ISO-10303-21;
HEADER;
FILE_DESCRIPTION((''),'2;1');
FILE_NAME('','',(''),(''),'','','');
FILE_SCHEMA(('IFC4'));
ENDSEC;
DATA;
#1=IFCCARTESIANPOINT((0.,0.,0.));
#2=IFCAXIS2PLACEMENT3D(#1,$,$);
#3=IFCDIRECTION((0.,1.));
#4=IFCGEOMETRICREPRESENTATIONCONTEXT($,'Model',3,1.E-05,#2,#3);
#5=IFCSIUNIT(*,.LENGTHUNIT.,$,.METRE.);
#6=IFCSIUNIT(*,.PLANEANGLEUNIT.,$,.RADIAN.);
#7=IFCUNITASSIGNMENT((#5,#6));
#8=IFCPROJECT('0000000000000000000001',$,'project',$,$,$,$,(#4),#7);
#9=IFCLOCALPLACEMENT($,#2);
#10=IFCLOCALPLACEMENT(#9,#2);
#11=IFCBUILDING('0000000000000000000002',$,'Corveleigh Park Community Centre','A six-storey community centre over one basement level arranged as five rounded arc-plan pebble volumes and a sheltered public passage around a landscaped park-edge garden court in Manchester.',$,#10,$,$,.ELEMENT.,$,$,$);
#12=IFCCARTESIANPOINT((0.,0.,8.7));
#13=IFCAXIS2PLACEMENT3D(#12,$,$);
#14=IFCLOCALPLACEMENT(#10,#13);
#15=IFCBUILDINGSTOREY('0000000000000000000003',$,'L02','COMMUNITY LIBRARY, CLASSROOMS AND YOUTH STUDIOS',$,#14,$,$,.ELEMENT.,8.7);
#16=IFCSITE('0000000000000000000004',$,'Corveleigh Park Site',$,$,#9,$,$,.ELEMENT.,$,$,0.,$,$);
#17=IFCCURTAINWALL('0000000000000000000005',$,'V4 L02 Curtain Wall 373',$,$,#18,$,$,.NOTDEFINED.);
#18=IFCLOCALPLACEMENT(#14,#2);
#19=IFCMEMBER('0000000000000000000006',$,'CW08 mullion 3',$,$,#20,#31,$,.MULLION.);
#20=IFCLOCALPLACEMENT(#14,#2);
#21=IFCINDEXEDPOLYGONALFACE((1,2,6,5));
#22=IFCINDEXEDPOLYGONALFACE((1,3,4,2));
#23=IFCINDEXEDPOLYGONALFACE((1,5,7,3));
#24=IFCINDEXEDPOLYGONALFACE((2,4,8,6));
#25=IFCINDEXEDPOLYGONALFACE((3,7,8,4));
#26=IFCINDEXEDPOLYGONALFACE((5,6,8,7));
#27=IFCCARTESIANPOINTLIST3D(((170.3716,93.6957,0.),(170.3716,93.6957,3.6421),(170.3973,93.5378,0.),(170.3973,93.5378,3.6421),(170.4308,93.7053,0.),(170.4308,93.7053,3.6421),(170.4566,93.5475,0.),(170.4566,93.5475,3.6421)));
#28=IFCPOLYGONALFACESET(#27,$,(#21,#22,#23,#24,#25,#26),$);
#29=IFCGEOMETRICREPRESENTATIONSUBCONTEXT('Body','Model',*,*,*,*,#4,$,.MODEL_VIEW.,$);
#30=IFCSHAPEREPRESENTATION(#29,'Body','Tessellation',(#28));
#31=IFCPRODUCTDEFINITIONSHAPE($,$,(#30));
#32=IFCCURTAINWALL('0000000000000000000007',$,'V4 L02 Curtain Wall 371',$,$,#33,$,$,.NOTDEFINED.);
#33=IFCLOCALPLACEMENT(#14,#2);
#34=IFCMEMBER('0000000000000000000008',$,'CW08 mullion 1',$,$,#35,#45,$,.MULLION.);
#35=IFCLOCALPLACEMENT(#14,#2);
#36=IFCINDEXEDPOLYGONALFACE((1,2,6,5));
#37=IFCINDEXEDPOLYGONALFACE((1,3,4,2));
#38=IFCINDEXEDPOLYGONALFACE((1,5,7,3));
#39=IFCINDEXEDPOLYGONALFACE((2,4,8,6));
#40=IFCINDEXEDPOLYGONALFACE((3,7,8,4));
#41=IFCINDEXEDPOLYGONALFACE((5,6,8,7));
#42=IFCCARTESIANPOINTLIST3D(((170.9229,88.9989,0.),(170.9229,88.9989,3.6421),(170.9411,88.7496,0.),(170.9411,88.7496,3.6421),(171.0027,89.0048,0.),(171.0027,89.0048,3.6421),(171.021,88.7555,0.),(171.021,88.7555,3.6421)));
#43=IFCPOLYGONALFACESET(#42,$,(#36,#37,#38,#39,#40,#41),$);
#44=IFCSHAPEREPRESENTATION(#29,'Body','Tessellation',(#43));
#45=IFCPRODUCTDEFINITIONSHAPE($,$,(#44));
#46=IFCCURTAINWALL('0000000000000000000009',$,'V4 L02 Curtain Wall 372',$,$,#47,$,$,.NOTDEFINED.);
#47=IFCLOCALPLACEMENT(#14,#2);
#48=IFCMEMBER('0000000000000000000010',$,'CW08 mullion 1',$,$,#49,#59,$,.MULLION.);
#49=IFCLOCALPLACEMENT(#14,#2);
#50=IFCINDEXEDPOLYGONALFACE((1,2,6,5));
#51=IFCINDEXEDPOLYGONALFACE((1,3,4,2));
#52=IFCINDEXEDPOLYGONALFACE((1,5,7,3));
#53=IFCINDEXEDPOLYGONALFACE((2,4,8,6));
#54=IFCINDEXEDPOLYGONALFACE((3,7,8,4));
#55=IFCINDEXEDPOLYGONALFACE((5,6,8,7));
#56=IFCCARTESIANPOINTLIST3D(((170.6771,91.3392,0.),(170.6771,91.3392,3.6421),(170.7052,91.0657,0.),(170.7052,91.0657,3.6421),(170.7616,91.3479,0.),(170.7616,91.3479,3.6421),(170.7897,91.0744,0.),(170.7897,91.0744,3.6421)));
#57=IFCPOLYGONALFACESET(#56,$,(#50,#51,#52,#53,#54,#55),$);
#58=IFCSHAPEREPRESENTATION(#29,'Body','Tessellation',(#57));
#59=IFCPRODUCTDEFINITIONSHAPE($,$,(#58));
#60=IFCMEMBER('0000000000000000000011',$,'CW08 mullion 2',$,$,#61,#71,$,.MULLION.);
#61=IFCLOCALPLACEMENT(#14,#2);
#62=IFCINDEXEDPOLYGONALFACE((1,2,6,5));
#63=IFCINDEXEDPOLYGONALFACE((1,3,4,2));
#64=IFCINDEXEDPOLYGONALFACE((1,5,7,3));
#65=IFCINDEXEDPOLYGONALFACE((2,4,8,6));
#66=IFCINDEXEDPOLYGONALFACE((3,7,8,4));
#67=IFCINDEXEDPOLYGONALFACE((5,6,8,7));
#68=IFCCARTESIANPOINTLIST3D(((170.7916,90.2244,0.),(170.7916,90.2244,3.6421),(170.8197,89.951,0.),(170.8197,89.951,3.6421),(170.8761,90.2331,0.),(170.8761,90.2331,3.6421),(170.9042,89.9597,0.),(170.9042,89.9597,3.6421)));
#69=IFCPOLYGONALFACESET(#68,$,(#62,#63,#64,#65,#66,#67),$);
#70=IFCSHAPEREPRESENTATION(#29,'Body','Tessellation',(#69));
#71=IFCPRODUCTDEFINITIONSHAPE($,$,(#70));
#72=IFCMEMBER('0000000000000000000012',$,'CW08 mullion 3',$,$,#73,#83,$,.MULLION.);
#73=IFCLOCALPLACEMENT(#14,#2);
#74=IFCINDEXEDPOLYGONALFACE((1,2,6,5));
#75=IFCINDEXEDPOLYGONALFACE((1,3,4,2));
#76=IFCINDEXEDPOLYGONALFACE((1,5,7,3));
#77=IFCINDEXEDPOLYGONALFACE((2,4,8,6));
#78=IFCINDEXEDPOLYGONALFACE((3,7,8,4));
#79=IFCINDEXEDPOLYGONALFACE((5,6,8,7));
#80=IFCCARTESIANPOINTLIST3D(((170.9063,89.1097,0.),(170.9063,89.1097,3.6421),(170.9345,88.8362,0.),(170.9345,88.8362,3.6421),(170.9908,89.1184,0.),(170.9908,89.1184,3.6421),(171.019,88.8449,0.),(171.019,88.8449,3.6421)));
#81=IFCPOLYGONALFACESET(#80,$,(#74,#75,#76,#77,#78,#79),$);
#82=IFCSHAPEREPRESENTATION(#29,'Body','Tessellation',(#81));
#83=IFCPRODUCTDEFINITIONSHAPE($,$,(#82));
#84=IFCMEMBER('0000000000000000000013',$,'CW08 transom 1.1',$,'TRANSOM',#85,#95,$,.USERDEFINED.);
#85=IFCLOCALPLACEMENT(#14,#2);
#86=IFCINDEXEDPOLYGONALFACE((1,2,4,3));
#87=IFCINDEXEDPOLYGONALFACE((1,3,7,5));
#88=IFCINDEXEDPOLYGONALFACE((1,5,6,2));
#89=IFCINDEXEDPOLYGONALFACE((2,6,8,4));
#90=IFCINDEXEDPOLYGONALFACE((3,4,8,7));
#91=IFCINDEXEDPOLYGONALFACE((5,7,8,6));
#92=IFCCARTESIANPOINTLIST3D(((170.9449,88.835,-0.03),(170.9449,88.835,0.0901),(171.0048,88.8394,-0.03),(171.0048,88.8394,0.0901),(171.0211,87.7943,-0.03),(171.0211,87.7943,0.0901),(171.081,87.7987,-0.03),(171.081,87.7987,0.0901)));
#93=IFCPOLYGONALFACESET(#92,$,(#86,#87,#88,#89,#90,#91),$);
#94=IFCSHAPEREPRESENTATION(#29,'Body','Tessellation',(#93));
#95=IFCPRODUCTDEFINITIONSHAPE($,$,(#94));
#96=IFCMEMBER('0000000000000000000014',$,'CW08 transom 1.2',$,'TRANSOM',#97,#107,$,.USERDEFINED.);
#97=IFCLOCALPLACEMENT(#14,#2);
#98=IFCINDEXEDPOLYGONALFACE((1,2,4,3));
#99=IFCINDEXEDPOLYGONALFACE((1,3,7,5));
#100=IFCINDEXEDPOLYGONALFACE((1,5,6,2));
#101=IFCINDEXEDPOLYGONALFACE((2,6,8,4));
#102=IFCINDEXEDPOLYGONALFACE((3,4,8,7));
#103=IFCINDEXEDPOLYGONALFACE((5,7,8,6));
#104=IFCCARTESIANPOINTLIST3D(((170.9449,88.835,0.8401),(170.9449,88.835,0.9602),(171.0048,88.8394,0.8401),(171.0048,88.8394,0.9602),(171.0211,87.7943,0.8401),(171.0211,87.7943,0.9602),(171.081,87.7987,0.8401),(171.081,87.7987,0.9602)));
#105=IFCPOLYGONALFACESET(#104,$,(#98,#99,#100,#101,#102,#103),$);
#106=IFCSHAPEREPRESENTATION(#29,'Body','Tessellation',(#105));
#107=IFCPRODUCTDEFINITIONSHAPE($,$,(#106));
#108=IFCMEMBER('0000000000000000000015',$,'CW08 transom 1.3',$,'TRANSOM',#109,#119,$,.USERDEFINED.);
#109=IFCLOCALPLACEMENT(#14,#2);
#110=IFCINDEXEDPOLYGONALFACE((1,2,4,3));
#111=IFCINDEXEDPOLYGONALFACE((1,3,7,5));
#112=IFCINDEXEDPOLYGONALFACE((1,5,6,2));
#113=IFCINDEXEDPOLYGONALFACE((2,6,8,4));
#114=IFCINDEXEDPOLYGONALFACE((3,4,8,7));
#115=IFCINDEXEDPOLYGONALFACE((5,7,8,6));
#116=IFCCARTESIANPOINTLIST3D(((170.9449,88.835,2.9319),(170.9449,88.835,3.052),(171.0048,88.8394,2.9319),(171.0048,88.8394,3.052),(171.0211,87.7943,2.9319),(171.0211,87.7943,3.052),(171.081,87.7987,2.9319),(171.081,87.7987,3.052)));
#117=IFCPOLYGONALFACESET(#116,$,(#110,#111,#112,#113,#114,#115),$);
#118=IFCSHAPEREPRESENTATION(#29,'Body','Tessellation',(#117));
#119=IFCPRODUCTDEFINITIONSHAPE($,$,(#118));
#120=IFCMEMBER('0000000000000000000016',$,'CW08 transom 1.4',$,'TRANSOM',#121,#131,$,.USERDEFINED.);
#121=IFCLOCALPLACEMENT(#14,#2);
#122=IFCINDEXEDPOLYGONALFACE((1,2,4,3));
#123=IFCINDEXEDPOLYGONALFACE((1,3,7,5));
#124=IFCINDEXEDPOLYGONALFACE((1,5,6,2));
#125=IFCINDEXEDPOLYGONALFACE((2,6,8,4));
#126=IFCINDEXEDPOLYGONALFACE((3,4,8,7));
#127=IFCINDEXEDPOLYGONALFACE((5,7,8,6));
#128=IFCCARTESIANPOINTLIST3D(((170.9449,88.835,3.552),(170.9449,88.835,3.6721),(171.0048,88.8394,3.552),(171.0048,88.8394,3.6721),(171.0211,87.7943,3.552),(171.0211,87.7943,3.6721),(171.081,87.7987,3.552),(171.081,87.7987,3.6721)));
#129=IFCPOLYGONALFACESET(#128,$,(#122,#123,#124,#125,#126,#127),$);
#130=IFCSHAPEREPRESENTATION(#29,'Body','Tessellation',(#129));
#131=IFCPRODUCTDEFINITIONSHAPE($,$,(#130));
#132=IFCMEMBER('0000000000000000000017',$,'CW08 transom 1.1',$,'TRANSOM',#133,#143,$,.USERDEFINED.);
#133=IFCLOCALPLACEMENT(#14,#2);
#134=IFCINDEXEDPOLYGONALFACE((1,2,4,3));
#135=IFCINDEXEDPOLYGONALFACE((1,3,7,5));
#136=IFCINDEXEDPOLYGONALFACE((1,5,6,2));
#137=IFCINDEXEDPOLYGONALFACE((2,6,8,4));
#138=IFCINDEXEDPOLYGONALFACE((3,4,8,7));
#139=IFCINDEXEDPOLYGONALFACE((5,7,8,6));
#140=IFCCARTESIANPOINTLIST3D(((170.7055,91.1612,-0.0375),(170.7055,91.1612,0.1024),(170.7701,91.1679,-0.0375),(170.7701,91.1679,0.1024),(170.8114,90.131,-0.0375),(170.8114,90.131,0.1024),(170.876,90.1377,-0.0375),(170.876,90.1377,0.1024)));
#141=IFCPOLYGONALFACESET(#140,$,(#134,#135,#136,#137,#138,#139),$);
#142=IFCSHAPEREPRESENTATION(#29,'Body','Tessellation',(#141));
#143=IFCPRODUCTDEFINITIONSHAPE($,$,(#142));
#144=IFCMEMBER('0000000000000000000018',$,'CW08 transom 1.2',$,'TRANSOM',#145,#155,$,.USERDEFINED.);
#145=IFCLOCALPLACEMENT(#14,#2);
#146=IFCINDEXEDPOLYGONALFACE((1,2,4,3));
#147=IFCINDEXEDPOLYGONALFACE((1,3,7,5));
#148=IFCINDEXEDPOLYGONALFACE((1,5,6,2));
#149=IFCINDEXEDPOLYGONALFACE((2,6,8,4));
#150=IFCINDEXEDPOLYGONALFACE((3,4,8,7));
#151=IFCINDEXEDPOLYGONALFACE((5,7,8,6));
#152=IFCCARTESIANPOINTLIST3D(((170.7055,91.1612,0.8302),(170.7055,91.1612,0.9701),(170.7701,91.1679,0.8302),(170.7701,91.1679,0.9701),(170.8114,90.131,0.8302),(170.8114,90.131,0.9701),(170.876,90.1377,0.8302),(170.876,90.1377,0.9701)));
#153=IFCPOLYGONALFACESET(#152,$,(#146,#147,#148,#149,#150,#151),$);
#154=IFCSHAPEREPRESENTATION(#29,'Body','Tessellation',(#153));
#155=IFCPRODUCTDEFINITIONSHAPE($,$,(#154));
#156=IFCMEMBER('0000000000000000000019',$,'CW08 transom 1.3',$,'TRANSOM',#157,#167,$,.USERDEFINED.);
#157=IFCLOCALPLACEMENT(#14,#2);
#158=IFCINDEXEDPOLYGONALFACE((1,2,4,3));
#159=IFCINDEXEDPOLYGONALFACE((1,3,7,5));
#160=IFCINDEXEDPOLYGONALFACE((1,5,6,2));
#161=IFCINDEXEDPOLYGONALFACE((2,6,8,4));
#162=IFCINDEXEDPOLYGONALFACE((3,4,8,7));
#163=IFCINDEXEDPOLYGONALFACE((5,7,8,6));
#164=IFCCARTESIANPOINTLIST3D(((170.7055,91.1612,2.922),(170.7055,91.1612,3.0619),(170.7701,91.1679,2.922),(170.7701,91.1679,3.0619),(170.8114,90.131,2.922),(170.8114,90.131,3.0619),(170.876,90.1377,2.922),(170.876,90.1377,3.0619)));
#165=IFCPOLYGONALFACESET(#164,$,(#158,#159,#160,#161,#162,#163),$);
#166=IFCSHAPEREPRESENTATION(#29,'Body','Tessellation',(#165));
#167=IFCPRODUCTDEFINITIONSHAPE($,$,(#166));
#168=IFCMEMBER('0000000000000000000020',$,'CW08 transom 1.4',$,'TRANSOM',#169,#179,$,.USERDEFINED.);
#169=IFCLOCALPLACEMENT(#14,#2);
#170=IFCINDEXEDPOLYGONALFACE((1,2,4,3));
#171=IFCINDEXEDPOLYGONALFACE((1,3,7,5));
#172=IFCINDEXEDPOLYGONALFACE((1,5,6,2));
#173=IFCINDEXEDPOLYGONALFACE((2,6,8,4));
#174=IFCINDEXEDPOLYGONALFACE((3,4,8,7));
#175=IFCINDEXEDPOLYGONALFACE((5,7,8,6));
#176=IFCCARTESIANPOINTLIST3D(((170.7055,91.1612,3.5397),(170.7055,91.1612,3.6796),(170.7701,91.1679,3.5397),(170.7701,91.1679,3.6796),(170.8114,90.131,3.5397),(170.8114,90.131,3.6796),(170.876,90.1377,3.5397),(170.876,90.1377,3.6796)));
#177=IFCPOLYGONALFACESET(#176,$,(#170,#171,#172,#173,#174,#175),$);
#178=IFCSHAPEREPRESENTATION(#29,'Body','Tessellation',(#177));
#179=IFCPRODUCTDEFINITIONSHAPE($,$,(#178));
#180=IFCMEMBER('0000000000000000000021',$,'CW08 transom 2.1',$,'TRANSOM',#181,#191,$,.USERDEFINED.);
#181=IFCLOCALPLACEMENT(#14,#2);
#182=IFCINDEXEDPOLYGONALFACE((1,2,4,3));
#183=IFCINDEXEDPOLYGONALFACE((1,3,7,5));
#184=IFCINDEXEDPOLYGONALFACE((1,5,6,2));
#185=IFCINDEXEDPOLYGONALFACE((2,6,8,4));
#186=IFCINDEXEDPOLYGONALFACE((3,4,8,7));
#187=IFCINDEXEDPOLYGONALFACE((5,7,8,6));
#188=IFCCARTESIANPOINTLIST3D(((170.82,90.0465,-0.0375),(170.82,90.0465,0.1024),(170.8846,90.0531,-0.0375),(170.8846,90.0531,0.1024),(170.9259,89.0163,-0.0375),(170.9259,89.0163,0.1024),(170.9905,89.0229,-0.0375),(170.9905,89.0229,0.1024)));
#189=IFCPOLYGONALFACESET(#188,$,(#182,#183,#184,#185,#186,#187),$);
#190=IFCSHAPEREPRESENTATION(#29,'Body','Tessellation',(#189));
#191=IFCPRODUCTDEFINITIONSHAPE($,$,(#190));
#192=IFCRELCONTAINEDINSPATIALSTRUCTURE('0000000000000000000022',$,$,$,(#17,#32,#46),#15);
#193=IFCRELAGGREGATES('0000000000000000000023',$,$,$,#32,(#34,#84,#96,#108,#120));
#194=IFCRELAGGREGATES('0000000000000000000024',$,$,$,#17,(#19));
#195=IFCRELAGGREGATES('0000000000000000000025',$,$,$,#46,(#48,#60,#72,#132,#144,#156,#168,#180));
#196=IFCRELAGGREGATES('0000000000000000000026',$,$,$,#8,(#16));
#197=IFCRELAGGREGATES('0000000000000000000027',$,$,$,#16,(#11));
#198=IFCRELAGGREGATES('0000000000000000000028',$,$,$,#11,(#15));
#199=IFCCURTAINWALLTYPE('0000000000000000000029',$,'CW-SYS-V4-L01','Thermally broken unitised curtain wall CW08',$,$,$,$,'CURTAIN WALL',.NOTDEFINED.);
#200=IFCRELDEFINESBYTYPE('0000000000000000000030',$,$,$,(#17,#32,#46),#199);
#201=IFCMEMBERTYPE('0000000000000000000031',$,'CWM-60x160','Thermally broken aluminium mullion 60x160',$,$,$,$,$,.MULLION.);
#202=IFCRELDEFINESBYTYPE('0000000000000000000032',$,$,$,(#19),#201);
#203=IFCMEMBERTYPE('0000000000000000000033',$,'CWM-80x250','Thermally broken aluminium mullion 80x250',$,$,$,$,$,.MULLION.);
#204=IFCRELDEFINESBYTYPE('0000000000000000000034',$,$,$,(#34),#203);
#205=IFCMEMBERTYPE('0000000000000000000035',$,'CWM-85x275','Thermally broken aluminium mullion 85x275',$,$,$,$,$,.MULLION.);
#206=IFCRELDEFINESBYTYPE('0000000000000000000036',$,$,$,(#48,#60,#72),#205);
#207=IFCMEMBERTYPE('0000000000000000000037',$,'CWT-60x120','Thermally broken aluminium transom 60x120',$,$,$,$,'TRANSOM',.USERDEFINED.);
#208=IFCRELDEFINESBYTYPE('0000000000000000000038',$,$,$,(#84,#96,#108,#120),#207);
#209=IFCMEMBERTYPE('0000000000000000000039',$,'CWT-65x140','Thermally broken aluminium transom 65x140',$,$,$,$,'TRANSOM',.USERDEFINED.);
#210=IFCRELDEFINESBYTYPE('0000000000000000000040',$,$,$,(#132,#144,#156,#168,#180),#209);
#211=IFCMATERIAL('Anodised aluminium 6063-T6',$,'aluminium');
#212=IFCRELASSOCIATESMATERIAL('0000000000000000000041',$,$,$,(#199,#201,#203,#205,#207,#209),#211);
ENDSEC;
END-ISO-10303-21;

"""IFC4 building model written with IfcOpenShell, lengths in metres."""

from ifc_helpers import new_model, si_unit, direction, frame, origin, origin_2d, place, context, subcontext, project, spatial, rectangle, extrude, material, material_profile, profile_set, type_object, element, aggregate, save


model = new_model("IFC4")

# Units and contexts
model_context = context("Model", 3, precision=1e-05, world=origin(), true_north=direction((0.0, 1.0)))
body_context = subcontext(model_context, "Body", "Model", "MODEL_VIEW")
ifc_project = project(units=[si_unit("LENGTHUNIT", "METRE"), si_unit("PLANEANGLEUNIT", "RADIAN")], contexts=[model_context])

# Site, building, storey
site_placement = place(None, origin())
site = spatial("IfcSite", under=ifc_project, at=site_placement, Name="Corveleigh Park Site", CompositionType="ELEMENT", RefElevation=0.0)
building_placement = place(site_placement, origin())
building = spatial("IfcBuilding", under=site, at=building_placement, Name="Corveleigh Park Community Centre", Description="A six-storey community centre over one basement level arranged as five rounded arc-plan pebble volumes and a sheltered public passage around a landscaped park-edge garden court in Manchester.", CompositionType="ELEMENT")
storey_placement = place(building_placement, frame((0.0, 0.0, 8.7)))
storey = spatial("IfcBuildingStorey", under=building, at=storey_placement, Name="L02", Description="COMMUNITY LIBRARY, CLASSROOMS AND YOUTH STUDIOS", CompositionType="ELEMENT", Elevation=8.7)

# Curtain walls, members
ifc_material_1 = material(Name="Anodised aluminium 6063-T6", Category="aluminium")
curtain_wall_type = type_object("IfcCurtainWallType", Name="CW-SYS-V4-L01", Description="Thermally broken unitised curtain wall CW08", ElementType="CURTAIN WALL", PredefinedType="NOTDEFINED", material=ifc_material_1)
curtain_wall_1_placement = place(storey_placement, origin())
curtain_wall_1 = element("IfcCurtainWall", 1, at=curtain_wall_1_placement, inside=storey, type_object=curtain_wall_type, Name="V4 L02 Curtain Wall 373", PredefinedType="NOTDEFINED")
ifc_material_profile_1 = material_profile(ifc_material_1, rectangle(XDim=0.0601, YDim=0.1599, at=origin_2d()), Name="ALU-M60x160", Category="aluminium")
ifc_profile_set_1 = profile_set([ifc_material_profile_1], Name="Anodised aluminium 6063-T6")
member_type_1 = type_object("IfcMemberType", Name="CWM-60x160", Description="Thermally broken aluminium mullion 60x160", PredefinedType="MULLION", material=ifc_profile_set_1)
member_1_placement = place(storey_placement, frame((170.4141, 93.6216, 0.0), z_axis=(0.0, 0.0, 1.0), x_axis=(0.986991, 0.160773, 0.0)))
member_1 = element("IfcMember", 2, at=member_1_placement, type_object=member_type_1, Name="CW08 mullion 3", PredefinedType="MULLION", context=body_context, shape_type="SweptSolid", body=[
    extrude(rectangle(XDim=0.0601, YDim=0.1599, at=origin_2d()), origin(), (0.0, 0.0, 1.0), 3.6421),
])
curtain_wall_2_placement = place(storey_placement, origin())
curtain_wall_2 = element("IfcCurtainWall", 3, at=curtain_wall_2_placement, inside=storey, type_object=curtain_wall_type, Name="V4 L02 Curtain Wall 371", PredefinedType="NOTDEFINED")
ifc_material_profile_2 = material_profile(ifc_material_1, rectangle(XDim=0.0801, YDim=0.25, at=origin_2d()), Name="ALU-M80x250", Category="aluminium")
ifc_profile_set_2 = profile_set([ifc_material_profile_2], Name="Anodised aluminium 6063-T6")
member_type_2 = type_object("IfcMemberType", Name="CWM-80x250", Description="Thermally broken aluminium mullion 80x250", PredefinedType="MULLION", material=ifc_profile_set_2)
member_2_placement = place(storey_placement, frame((170.9719, 88.8772, 0.0), z_axis=(0.0, 0.0, 1.0), x_axis=(0.997328, 0.073049, 0.0)))
member_2 = element("IfcMember", 4, at=member_2_placement, type_object=member_type_2, Name="CW08 mullion 1", PredefinedType="MULLION", context=body_context, shape_type="SweptSolid", body=[
    extrude(rectangle(XDim=0.0801, YDim=0.25, at=origin_2d()), origin(), (0.0, 0.0, 1.0), 3.6421),
])

# Curtain wall, members
curtain_wall_3_placement = place(storey_placement, origin())
curtain_wall_3 = element("IfcCurtainWall", 5, at=curtain_wall_3_placement, inside=storey, type_object=curtain_wall_type, Name="V4 L02 Curtain Wall 372", PredefinedType="NOTDEFINED")
ifc_material_profile_3 = material_profile(ifc_material_1, rectangle(XDim=0.085, YDim=0.2749, at=origin_2d()), Name="ALU-M85x275", Category="aluminium")
ifc_profile_set_3 = profile_set([ifc_material_profile_3], Name="Anodised aluminium 6063-T6")
member_type_3 = type_object("IfcMemberType", Name="CWM-85x275", Description="Thermally broken aluminium mullion 85x275", PredefinedType="MULLION", material=ifc_profile_set_3)
member_3_placement = place(storey_placement, frame((170.7334, 91.2068, 0.0), z_axis=(0.0, 0.0, 1.0), x_axis=(0.994752, 0.102312, 0.0)))
member_3 = element("IfcMember", 6, at=member_3_placement, type_object=member_type_3, Name="CW08 mullion 1", PredefinedType="MULLION", context=body_context, shape_type="SweptSolid", body=[
    extrude(rectangle(XDim=0.085, YDim=0.2749, at=origin_2d()), origin(), (0.0, 0.0, 1.0), 3.6421),
])
member_4_placement = place(storey_placement, frame((170.8479, 90.092, 0.0), z_axis=(0.0, 0.0, 1.0), x_axis=(0.994752, 0.102312, 0.0)))
member_4 = element("IfcMember", 7, at=member_4_placement, type_object=member_type_3, Name="CW08 mullion 2", PredefinedType="MULLION", context=body_context, shape_type="SweptSolid", body=[
    extrude(rectangle(XDim=0.085, YDim=0.2749, at=origin_2d()), origin(), (0.0, 0.0, 1.0), 3.6421),
])
member_5_placement = place(storey_placement, frame((170.9626, 88.9773, 0.0), z_axis=(0.0, 0.0, 1.0), x_axis=(0.994752, 0.102312, 0.0)))
member_5 = element("IfcMember", 8, at=member_5_placement, type_object=member_type_3, Name="CW08 mullion 3", PredefinedType="MULLION", context=body_context, shape_type="SweptSolid", body=[
    extrude(rectangle(XDim=0.085, YDim=0.2749, at=origin_2d()), origin(), (0.0, 0.0, 1.0), 3.6421),
])

# Members
ifc_material_profile_4 = material_profile(ifc_material_1, rectangle(XDim=0.0601, YDim=0.1201, at=origin_2d()), Name="ALU-T60x120", Category="aluminium")
ifc_profile_set_4 = profile_set([ifc_material_profile_4], Name="Anodised aluminium 6063-T6")
member_type_4 = type_object("IfcMemberType", Name="CWT-60x120", Description="Thermally broken aluminium transom 60x120", ElementType="TRANSOM", PredefinedType="USERDEFINED", material=ifc_profile_set_4)
member_6_placement = place(storey_placement, frame((170.9749, 88.8372, 0.03), z_axis=(0.072993, -0.997332, 0.0), x_axis=(0.997332, 0.072993, 0.0)))
member_6 = element("IfcMember", 9, at=member_6_placement, type_object=member_type_4, Name="CW08 transom 1.1", ObjectType="TRANSOM", PredefinedType="USERDEFINED", context=body_context, shape_type="SweptSolid", body=[
    extrude(rectangle(XDim=0.0601, YDim=0.1201, at=origin_2d()), origin(), (0.0, 0.0, 1.0), 1.0435),
])
member_7_placement = place(storey_placement, frame((170.9749, 88.8372, 0.9001), z_axis=(0.072993, -0.997332, 0.0), x_axis=(0.997332, 0.072993, 0.0)))
member_7 = element("IfcMember", 10, at=member_7_placement, type_object=member_type_4, Name="CW08 transom 1.2", ObjectType="TRANSOM", PredefinedType="USERDEFINED", context=body_context, shape_type="SweptSolid", body=[
    extrude(rectangle(XDim=0.0601, YDim=0.1201, at=origin_2d()), origin(), (0.0, 0.0, 1.0), 1.0435),
])
member_8_placement = place(storey_placement, frame((170.9749, 88.8372, 2.9919), z_axis=(0.072993, -0.997332, 0.0), x_axis=(0.997332, 0.072993, 0.0)))
member_8 = element("IfcMember", 11, at=member_8_placement, type_object=member_type_4, Name="CW08 transom 1.3", ObjectType="TRANSOM", PredefinedType="USERDEFINED", context=body_context, shape_type="SweptSolid", body=[
    extrude(rectangle(XDim=0.0601, YDim=0.1201, at=origin_2d()), origin(), (0.0, 0.0, 1.0), 1.0435),
])
member_9_placement = place(storey_placement, frame((170.9749, 88.8372, 3.6121), z_axis=(0.072993, -0.997332, 0.0), x_axis=(0.997332, 0.072993, 0.0)))
member_9 = element("IfcMember", 12, at=member_9_placement, type_object=member_type_4, Name="CW08 transom 1.4", ObjectType="TRANSOM", PredefinedType="USERDEFINED", context=body_context, shape_type="SweptSolid", body=[
    extrude(rectangle(XDim=0.0601, YDim=0.1201, at=origin_2d()), origin(), (0.0, 0.0, 1.0), 1.0435),
])
aggregate(curtain_wall_2, [member_2, member_6, member_7, member_8, member_9])
ifc_material_profile_5 = material_profile(ifc_material_1, rectangle(XDim=0.0649, YDim=0.1399, at=origin_2d()), Name="ALU-T65x140", Category="aluminium")
ifc_profile_set_5 = profile_set([ifc_material_profile_5], Name="Anodised aluminium 6063-T6")
member_type_5 = type_object("IfcMemberType", Name="CWT-65x140", Description="Thermally broken aluminium transom 65x140", ElementType="TRANSOM", PredefinedType="USERDEFINED", material=ifc_profile_set_5)
member_10_placement = place(storey_placement, frame((170.7378, 91.1646, 0.0325), z_axis=(0.102304, -0.994753, 0.0), x_axis=(0.994753, 0.102304, 0.0)))
member_10 = element("IfcMember", 13, at=member_10_placement, type_object=member_type_5, Name="CW08 transom 1.1", ObjectType="TRANSOM", PredefinedType="USERDEFINED", context=body_context, shape_type="SweptSolid", body=[
    extrude(rectangle(XDim=0.0649, YDim=0.1399, at=origin_2d()), origin(), (0.0, 0.0, 1.0), 1.0356),
])
member_11_placement = place(storey_placement, frame((170.7378, 91.1646, 0.9001), z_axis=(0.102304, -0.994753, 0.0), x_axis=(0.994753, 0.102304, 0.0)))
member_11 = element("IfcMember", 14, at=member_11_placement, type_object=member_type_5, Name="CW08 transom 1.2", ObjectType="TRANSOM", PredefinedType="USERDEFINED", context=body_context, shape_type="SweptSolid", body=[
    extrude(rectangle(XDim=0.0649, YDim=0.1399, at=origin_2d()), origin(), (0.0, 0.0, 1.0), 1.0356),
])
member_12_placement = place(storey_placement, frame((170.7378, 91.1646, 2.9919), z_axis=(0.102304, -0.994753, 0.0), x_axis=(0.994753, 0.102304, 0.0)))
member_12 = element("IfcMember", 15, at=member_12_placement, type_object=member_type_5, Name="CW08 transom 1.3", ObjectType="TRANSOM", PredefinedType="USERDEFINED", context=body_context, shape_type="SweptSolid", body=[
    extrude(rectangle(XDim=0.0649, YDim=0.1399, at=origin_2d()), origin(), (0.0, 0.0, 1.0), 1.0356),
])
member_13_placement = place(storey_placement, frame((170.7378, 91.1646, 3.6096), z_axis=(0.102304, -0.994753, 0.0), x_axis=(0.994753, 0.102304, 0.0)))
member_13 = element("IfcMember", 16, at=member_13_placement, type_object=member_type_5, Name="CW08 transom 1.4", ObjectType="TRANSOM", PredefinedType="USERDEFINED", context=body_context, shape_type="SweptSolid", body=[
    extrude(rectangle(XDim=0.0649, YDim=0.1399, at=origin_2d()), origin(), (0.0, 0.0, 1.0), 1.0356),
])
member_14_placement = place(storey_placement, frame((170.8523, 90.0498, 0.0325), z_axis=(0.102304, -0.994753, 0.0), x_axis=(0.994753, 0.102304, 0.0)))
member_14 = element("IfcMember", 17, at=member_14_placement, type_object=member_type_5, Name="CW08 transom 2.1", ObjectType="TRANSOM", PredefinedType="USERDEFINED", context=body_context, shape_type="SweptSolid", body=[
    extrude(rectangle(XDim=0.0649, YDim=0.1399, at=origin_2d()), origin(), (0.0, 0.0, 1.0), 1.0356),
])

aggregate(curtain_wall_1, [member_1])
aggregate(curtain_wall_3, [member_3, member_4, member_5, member_10, member_11, member_12, member_13, member_14])

save(model, "model.ifc")
